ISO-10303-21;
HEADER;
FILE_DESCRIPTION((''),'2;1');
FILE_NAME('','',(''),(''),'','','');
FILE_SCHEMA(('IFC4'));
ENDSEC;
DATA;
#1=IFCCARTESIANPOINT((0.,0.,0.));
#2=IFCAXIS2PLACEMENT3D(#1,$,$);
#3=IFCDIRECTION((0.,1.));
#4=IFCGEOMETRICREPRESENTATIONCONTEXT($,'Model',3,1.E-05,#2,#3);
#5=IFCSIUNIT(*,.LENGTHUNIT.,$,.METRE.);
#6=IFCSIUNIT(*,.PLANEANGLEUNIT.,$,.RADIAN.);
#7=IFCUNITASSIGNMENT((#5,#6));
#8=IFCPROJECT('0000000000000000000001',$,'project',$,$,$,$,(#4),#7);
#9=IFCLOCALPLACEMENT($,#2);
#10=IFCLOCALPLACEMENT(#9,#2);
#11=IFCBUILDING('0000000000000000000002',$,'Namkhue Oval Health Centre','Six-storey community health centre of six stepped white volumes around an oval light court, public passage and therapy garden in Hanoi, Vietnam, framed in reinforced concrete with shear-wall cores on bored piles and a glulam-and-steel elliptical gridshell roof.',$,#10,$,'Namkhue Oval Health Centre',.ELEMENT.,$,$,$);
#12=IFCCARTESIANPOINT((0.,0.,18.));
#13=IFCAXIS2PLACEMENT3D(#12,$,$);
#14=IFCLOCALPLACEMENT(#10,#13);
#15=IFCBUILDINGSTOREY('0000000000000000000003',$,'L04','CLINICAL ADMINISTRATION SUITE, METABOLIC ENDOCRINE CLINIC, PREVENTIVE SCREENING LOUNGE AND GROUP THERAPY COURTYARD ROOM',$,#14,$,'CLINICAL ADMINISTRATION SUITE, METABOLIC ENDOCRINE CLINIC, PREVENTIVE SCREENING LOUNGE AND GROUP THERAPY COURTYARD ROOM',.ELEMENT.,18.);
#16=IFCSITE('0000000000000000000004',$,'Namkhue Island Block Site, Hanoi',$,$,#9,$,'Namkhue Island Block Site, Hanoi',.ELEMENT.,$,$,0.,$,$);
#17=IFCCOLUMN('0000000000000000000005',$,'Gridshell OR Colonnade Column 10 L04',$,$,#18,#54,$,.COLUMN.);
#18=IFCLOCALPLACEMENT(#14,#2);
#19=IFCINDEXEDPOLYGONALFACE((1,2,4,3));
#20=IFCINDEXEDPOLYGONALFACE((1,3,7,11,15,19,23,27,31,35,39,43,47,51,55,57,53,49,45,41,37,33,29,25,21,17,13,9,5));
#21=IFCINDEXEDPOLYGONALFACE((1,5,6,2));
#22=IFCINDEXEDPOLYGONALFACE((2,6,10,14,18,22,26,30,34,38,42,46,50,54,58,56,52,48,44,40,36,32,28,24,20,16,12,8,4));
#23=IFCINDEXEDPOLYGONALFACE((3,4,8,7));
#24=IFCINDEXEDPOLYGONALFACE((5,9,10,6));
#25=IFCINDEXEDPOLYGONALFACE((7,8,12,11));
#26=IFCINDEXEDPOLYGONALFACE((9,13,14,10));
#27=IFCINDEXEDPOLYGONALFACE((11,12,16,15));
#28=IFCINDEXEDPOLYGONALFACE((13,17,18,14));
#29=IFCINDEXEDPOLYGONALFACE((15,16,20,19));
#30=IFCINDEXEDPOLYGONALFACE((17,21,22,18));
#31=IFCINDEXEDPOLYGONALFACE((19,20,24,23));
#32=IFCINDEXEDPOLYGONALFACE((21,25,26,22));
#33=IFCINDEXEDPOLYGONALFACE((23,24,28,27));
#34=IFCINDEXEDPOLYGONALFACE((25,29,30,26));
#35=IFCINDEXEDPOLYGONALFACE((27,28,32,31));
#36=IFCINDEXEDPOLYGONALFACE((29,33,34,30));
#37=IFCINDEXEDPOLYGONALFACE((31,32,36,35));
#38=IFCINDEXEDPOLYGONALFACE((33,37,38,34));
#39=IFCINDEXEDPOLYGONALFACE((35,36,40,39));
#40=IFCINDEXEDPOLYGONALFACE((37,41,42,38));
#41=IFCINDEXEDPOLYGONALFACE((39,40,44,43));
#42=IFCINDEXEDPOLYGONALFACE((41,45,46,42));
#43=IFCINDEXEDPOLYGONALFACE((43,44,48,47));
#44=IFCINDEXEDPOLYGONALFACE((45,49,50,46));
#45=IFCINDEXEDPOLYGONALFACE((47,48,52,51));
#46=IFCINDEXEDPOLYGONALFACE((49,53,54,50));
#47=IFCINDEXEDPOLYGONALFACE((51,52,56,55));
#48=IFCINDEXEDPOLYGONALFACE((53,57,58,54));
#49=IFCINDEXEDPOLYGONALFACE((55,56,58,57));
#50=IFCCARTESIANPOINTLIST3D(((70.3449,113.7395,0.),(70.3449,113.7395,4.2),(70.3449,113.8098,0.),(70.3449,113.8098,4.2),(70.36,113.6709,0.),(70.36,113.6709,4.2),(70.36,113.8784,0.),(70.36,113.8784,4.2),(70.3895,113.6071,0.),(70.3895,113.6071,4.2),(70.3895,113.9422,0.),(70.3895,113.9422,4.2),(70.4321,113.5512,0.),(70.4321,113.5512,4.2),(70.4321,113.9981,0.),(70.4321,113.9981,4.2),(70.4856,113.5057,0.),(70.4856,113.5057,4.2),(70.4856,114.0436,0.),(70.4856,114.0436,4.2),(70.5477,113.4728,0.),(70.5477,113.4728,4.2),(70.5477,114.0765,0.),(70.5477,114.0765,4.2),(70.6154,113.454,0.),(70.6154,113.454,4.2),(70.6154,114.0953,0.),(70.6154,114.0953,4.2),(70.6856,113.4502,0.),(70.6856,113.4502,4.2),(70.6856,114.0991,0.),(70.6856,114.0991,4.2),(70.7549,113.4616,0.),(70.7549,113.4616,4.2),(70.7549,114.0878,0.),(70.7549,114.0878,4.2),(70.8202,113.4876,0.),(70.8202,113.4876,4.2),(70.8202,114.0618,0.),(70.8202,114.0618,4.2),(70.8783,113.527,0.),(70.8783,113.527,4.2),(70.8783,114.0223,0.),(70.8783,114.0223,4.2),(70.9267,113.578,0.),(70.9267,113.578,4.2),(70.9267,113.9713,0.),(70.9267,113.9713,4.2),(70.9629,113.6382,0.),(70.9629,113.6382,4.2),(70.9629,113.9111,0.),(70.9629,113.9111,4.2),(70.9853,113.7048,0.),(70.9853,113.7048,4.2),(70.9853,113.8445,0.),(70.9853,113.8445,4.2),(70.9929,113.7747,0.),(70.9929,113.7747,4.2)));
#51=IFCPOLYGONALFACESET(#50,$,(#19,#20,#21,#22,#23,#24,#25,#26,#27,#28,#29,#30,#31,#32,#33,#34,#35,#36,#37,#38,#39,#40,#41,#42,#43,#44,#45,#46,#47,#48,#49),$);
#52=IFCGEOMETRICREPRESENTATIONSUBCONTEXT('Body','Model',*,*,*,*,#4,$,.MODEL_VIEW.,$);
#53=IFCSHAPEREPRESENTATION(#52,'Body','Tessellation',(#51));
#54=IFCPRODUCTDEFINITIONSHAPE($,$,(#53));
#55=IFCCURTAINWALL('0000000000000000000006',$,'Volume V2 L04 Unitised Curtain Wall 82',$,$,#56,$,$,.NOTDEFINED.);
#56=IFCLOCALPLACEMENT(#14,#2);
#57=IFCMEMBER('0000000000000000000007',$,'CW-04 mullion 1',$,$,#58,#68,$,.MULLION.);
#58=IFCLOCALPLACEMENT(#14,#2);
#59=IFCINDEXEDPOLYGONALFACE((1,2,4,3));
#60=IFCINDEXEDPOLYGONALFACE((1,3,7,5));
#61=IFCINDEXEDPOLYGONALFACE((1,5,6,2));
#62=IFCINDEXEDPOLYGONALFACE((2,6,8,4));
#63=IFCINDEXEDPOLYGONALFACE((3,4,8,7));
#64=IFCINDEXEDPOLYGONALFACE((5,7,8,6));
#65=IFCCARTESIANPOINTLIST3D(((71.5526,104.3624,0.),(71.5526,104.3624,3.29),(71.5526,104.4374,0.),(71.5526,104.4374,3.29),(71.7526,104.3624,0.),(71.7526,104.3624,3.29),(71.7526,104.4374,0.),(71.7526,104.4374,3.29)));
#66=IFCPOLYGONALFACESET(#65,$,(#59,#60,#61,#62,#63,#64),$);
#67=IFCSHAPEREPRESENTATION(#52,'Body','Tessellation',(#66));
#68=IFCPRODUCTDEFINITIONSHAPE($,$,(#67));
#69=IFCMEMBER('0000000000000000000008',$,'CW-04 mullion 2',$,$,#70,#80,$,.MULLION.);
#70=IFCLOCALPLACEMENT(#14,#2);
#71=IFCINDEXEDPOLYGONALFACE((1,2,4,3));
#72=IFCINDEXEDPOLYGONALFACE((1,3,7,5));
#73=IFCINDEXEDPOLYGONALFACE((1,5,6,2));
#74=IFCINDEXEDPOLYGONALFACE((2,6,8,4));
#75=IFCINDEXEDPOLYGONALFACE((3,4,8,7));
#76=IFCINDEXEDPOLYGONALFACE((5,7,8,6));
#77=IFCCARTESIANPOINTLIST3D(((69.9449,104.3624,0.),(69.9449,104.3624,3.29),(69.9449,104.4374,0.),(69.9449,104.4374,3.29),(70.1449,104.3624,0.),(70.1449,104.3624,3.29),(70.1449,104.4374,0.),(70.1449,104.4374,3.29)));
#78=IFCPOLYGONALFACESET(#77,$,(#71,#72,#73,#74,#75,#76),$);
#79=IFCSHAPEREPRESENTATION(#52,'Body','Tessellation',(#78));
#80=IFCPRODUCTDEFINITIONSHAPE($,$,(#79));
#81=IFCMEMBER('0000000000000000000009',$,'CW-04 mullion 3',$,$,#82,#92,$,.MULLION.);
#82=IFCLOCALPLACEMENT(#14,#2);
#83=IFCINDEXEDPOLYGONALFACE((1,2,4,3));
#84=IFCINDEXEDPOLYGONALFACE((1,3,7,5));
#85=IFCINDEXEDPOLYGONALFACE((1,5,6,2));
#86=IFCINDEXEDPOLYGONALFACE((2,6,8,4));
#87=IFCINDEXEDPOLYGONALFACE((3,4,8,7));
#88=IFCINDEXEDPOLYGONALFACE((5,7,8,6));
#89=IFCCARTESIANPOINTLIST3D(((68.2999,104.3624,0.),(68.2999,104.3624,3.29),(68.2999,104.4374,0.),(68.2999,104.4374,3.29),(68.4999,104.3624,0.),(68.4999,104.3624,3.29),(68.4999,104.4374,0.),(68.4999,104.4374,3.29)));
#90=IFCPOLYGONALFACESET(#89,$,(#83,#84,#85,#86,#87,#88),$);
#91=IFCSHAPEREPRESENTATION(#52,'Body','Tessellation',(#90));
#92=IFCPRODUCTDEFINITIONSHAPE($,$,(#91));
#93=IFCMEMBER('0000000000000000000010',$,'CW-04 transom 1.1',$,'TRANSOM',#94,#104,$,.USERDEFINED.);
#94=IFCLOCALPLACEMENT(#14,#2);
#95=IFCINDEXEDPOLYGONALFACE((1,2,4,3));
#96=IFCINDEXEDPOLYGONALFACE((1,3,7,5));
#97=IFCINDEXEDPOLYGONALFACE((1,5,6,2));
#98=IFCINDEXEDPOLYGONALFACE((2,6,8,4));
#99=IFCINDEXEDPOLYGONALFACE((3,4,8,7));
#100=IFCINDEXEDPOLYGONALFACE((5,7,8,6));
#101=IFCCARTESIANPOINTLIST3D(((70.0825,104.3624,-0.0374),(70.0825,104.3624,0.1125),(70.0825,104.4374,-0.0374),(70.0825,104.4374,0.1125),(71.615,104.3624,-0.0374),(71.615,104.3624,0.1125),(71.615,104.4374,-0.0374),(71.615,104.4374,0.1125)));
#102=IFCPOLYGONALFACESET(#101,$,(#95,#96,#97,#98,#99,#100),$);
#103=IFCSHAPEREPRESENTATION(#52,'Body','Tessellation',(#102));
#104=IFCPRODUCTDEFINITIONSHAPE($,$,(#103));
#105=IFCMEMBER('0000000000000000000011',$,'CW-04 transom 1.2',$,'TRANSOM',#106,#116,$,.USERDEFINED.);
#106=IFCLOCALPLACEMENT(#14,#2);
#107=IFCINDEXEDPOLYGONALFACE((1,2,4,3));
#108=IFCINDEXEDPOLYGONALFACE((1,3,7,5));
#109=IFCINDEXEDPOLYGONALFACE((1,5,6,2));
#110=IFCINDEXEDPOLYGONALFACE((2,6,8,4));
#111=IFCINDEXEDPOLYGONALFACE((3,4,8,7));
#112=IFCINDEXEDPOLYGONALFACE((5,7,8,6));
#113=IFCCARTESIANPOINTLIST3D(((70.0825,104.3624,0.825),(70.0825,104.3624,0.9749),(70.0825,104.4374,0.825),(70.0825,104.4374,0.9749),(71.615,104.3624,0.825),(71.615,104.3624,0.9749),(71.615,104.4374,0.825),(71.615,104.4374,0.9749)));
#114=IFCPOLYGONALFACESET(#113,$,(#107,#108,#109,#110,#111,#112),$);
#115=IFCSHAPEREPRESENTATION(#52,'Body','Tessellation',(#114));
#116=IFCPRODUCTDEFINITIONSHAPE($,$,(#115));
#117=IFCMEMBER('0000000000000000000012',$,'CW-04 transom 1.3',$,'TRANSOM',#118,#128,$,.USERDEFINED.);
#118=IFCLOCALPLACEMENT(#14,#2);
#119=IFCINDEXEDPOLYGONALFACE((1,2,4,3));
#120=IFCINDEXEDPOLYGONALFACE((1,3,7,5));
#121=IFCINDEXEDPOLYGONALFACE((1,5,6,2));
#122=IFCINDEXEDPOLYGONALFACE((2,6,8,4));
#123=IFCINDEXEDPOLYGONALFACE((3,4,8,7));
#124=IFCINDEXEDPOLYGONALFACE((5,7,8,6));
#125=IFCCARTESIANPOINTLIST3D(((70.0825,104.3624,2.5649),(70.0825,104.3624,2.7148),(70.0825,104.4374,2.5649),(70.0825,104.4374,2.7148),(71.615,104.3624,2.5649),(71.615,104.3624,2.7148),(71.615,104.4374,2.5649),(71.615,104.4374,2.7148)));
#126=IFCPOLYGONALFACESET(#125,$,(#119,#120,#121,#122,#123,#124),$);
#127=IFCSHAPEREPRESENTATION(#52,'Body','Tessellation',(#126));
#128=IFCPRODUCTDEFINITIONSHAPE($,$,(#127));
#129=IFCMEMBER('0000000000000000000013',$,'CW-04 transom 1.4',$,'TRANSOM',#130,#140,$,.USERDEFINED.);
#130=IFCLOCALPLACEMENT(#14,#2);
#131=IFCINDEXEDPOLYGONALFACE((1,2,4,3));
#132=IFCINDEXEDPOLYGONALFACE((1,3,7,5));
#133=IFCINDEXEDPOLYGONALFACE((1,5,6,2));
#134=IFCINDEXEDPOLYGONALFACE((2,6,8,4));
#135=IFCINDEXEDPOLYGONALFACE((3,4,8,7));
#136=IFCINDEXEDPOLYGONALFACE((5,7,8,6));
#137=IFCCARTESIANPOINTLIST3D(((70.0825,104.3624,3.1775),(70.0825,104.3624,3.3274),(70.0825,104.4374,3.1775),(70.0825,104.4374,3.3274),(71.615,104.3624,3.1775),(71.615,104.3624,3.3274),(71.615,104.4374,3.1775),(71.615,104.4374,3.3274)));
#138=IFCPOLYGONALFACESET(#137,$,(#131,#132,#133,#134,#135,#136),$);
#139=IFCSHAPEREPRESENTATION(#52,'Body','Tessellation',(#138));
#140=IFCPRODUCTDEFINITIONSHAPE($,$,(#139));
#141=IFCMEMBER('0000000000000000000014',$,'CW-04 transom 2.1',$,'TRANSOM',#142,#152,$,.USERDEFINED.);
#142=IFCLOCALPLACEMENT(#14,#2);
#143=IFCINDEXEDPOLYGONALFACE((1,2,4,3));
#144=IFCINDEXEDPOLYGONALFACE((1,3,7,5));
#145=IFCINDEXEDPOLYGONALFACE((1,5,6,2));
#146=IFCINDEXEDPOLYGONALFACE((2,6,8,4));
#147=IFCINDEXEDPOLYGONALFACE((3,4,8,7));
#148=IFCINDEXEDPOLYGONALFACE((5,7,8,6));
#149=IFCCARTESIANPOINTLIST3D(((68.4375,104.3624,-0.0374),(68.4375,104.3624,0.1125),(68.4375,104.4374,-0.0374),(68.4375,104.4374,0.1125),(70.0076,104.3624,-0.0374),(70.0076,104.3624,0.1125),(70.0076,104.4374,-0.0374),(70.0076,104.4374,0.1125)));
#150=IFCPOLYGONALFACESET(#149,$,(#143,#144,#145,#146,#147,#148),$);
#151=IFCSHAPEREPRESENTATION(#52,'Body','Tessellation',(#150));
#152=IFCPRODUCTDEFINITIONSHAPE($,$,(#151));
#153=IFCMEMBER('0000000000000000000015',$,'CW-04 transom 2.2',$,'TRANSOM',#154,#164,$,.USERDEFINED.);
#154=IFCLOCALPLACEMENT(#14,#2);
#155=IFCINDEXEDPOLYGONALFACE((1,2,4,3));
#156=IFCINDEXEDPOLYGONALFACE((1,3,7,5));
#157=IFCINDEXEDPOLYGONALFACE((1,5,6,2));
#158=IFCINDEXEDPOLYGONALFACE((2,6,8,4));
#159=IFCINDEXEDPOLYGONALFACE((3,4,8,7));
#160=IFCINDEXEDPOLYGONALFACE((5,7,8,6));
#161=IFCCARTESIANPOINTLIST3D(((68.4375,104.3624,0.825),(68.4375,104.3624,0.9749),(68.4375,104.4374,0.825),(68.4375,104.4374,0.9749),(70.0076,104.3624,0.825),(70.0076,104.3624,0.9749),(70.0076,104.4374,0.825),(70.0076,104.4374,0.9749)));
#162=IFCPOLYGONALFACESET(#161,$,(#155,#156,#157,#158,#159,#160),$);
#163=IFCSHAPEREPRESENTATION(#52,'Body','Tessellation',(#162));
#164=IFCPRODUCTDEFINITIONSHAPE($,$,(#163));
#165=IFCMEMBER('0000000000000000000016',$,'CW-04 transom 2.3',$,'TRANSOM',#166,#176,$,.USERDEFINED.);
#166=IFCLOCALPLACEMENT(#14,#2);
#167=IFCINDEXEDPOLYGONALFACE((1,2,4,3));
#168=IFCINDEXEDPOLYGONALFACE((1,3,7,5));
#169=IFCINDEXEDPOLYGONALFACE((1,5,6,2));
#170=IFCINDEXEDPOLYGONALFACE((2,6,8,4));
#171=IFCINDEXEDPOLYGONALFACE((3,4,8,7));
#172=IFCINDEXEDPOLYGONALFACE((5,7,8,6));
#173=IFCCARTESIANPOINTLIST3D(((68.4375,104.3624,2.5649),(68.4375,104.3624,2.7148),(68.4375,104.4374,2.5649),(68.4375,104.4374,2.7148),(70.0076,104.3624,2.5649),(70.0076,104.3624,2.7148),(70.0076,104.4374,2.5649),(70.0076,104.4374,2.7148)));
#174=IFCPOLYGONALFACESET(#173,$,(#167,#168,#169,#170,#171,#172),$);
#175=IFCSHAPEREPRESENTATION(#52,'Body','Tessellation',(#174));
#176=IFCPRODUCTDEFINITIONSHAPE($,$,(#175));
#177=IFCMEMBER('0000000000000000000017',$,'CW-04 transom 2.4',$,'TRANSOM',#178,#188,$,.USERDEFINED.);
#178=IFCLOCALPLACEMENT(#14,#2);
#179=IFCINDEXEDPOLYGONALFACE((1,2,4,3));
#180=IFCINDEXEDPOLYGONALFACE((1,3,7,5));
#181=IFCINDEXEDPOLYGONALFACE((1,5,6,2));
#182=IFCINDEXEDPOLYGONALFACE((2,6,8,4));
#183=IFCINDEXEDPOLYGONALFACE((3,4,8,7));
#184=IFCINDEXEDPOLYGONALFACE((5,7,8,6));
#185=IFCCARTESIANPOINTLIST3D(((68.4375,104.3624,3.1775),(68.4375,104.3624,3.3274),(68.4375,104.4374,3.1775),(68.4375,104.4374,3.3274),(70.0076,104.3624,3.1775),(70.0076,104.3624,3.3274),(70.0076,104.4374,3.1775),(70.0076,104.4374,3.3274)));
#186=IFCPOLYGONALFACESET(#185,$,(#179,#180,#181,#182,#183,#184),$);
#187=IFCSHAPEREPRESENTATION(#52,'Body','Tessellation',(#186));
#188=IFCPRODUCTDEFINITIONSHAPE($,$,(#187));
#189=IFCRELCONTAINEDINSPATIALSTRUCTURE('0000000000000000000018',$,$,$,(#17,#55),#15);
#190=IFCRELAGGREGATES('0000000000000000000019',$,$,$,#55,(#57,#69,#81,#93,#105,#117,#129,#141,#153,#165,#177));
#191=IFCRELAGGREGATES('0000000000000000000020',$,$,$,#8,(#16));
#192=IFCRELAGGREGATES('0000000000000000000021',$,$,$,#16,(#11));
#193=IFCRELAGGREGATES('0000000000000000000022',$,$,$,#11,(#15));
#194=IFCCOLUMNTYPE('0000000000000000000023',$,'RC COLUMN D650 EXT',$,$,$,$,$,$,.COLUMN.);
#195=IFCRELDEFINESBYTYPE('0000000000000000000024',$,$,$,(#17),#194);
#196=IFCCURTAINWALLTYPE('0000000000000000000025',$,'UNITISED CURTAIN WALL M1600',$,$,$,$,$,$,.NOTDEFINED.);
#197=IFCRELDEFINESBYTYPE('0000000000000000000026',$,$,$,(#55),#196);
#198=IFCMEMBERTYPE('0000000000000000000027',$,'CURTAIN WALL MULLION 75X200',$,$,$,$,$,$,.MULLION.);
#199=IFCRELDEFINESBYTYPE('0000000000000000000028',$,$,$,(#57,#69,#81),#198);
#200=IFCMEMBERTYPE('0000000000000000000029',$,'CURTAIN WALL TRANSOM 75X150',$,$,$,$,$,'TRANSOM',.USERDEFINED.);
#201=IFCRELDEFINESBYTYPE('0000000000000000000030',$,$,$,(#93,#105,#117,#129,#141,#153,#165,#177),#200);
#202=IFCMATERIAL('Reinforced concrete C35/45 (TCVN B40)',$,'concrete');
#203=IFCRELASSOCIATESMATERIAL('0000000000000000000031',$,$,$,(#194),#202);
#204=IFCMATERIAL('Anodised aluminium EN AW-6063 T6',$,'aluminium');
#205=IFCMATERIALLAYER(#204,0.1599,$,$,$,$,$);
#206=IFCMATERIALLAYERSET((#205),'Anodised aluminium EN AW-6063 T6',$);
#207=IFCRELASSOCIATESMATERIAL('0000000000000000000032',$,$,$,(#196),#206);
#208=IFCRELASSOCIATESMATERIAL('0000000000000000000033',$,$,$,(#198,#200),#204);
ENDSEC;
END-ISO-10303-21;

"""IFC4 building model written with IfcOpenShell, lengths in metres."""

from ifc_helpers import new_model, si_unit, direction, frame, origin, origin_2d, place, context, subcontext, project, spatial, rectangle, circle, extrude, material, layer, layer_set, material_profile, profile_set, type_object, element, aggregate, save


model = new_model("IFC4")

# Units and contexts
model_context = context("Model", 3, precision=1e-05, world=origin(), true_north=direction((0.0, 1.0)))
body_context = subcontext(model_context, "Body", "Model", "MODEL_VIEW")
ifc_project = project(units=[si_unit("LENGTHUNIT", "METRE"), si_unit("PLANEANGLEUNIT", "RADIAN")], contexts=[model_context])

# Site, building, storey
site_placement = place(None, origin())
site = spatial("IfcSite", under=ifc_project, at=site_placement, Name="Namkhue Island Block Site, Hanoi", LongName="Namkhue Island Block Site, Hanoi", CompositionType="ELEMENT", RefElevation=0.0)
building_placement = place(site_placement, origin())
building = spatial("IfcBuilding", under=site, at=building_placement, Name="Namkhue Oval Health Centre", Description="Six-storey community health centre of six stepped white volumes around an oval light court, public passage and therapy garden in Hanoi, Vietnam, framed in reinforced concrete with shear-wall cores on bored piles and a glulam-and-steel elliptical gridshell roof.", LongName="Namkhue Oval Health Centre", CompositionType="ELEMENT")
storey_placement = place(building_placement, frame((0.0, 0.0, 18.0)))
storey = spatial("IfcBuildingStorey", under=building, at=storey_placement, Name="L04", Description="CLINICAL ADMINISTRATION SUITE, METABOLIC ENDOCRINE CLINIC, PREVENTIVE SCREENING LOUNGE AND GROUP THERAPY COURTYARD ROOM", LongName="CLINICAL ADMINISTRATION SUITE, METABOLIC ENDOCRINE CLINIC, PREVENTIVE SCREENING LOUNGE AND GROUP THERAPY COURTYARD ROOM", CompositionType="ELEMENT", Elevation=18.0)

# Column
ifc_material_1 = material(Name="Reinforced concrete C35/45 (TCVN B40)", Category="concrete")
ifc_material_profile_1 = material_profile(ifc_material_1, circle(Radius=0.325, at=origin_2d()), Name="RC D650")
ifc_profile_set_1 = profile_set([ifc_material_profile_1], Name="Reinforced concrete C35/45 (TCVN B40)")
column_type = type_object("IfcColumnType", Name="RC COLUMN D650 EXT", PredefinedType="COLUMN", material=ifc_profile_set_1)
column_placement = place(storey_placement, frame((70.668, 113.7747, 0.0), z_axis=(0.0, 0.0, 1.0), x_axis=(1.0, 0.0, 0.0)))
element("IfcColumn", 1, at=column_placement, inside=storey, type_object=column_type, Name="Gridshell OR Colonnade Column 10 L04", PredefinedType="COLUMN", context=body_context, shape_type="SweptSolid", body=[
    extrude(circle(Radius=0.325, at=origin_2d()), origin(), (0.0, 0.0, 1.0), 4.2),
])

# Curtain wall, members
ifc_material_2 = material(Name="Anodised aluminium EN AW-6063 T6", Category="aluminium")
ifc_layer_1 = layer(ifc_material_2, 0.1599)
ifc_layer_set_1 = layer_set([ifc_layer_1], Name="Anodised aluminium EN AW-6063 T6")
curtain_wall_type = type_object("IfcCurtainWallType", Name="UNITISED CURTAIN WALL M1600", PredefinedType="NOTDEFINED", material=ifc_layer_set_1)
curtain_wall_placement = place(storey_placement, origin())
curtain_wall = element("IfcCurtainWall", 2, at=curtain_wall_placement, inside=storey, type_object=curtain_wall_type, Name="Volume V2 L04 Unitised Curtain Wall 82", PredefinedType="NOTDEFINED")
ifc_material_profile_2 = material_profile(ifc_material_2, rectangle(XDim=0.075, YDim=0.2, at=origin_2d()), Name="ALU 75x200")
ifc_profile_set_2 = profile_set([ifc_material_profile_2], Name="Anodised aluminium EN AW-6063 T6")
member_type_1 = type_object("IfcMemberType", Name="CURTAIN WALL MULLION 75X200", PredefinedType="MULLION", material=ifc_profile_set_2)
member_1_placement = place(storey_placement, frame((71.6526, 104.3999, 0.0), z_axis=(0.0, 0.0, 1.0), x_axis=(0.0, -1.0, 0.0)))
member_1 = element("IfcMember", 3, at=member_1_placement, type_object=member_type_1, Name="CW-04 mullion 1", PredefinedType="MULLION", context=body_context, shape_type="SweptSolid", body=[
    extrude(rectangle(XDim=0.075, YDim=0.2, at=origin_2d()), origin(), (0.0, 0.0, 1.0), 3.29),
])
member_2_placement = place(storey_placement, frame((70.0449, 104.3999, 0.0), z_axis=(0.0, 0.0, 1.0), x_axis=(0.0, -1.0, 0.0)))
member_2 = element("IfcMember", 4, at=member_2_placement, type_object=member_type_1, Name="CW-04 mullion 2", PredefinedType="MULLION", context=body_context, shape_type="SweptSolid", body=[
    extrude(rectangle(XDim=0.075, YDim=0.2, at=origin_2d()), origin(), (0.0, 0.0, 1.0), 3.29),
])
member_3_placement = place(storey_placement, frame((68.3999, 104.3999, 0.0), z_axis=(0.0, 0.0, 1.0), x_axis=(0.0, -1.0, 0.0)))
member_3 = element("IfcMember", 5, at=member_3_placement, type_object=member_type_1, Name="CW-04 mullion 3", PredefinedType="MULLION", context=body_context, shape_type="SweptSolid", body=[
    extrude(rectangle(XDim=0.075, YDim=0.2, at=origin_2d()), origin(), (0.0, 0.0, 1.0), 3.29),
])
ifc_material_profile_3 = material_profile(ifc_material_2, rectangle(XDim=0.075, YDim=0.1499, at=origin_2d()), Name="ALU 75x150")
ifc_profile_set_3 = profile_set([ifc_material_profile_3], Name="Anodised aluminium EN AW-6063 T6")
member_type_2 = type_object("IfcMemberType", Name="CURTAIN WALL TRANSOM 75X150", ElementType="TRANSOM", PredefinedType="USERDEFINED", material=ifc_profile_set_3)
member_4_placement = place(storey_placement, frame((71.615, 104.3999, 0.0376), z_axis=(-1.0, 0.0, 0.0), x_axis=(0.0, -1.0, 0.0)))
member_4 = element("IfcMember", 6, at=member_4_placement, type_object=member_type_2, Name="CW-04 transom 1.1", ObjectType="TRANSOM", PredefinedType="USERDEFINED", context=body_context, shape_type="SweptSolid", body=[
    extrude(rectangle(XDim=0.075, YDim=0.1499, at=origin_2d()), origin(), (0.0, 0.0, 1.0), 1.5325),
])
member_5_placement = place(storey_placement, frame((71.615, 104.3999, 0.8999), z_axis=(-1.0, 0.0, 0.0), x_axis=(0.0, -1.0, 0.0)))
member_5 = element("IfcMember", 7, at=member_5_placement, type_object=member_type_2, Name="CW-04 transom 1.2", ObjectType="TRANSOM", PredefinedType="USERDEFINED", context=body_context, shape_type="SweptSolid", body=[
    extrude(rectangle(XDim=0.075, YDim=0.1499, at=origin_2d()), origin(), (0.0, 0.0, 1.0), 1.5325),
])
member_6_placement = place(storey_placement, frame((71.615, 104.3999, 2.6399), z_axis=(-1.0, 0.0, 0.0), x_axis=(0.0, -1.0, 0.0)))
member_6 = element("IfcMember", 8, at=member_6_placement, type_object=member_type_2, Name="CW-04 transom 1.3", ObjectType="TRANSOM", PredefinedType="USERDEFINED", context=body_context, shape_type="SweptSolid", body=[
    extrude(rectangle(XDim=0.075, YDim=0.1499, at=origin_2d()), origin(), (0.0, 0.0, 1.0), 1.5325),
])
member_7_placement = place(storey_placement, frame((71.615, 104.3999, 3.2524), z_axis=(-1.0, 0.0, 0.0), x_axis=(0.0, -1.0, 0.0)))
member_7 = element("IfcMember", 9, at=member_7_placement, type_object=member_type_2, Name="CW-04 transom 1.4", ObjectType="TRANSOM", PredefinedType="USERDEFINED", context=body_context, shape_type="SweptSolid", body=[
    extrude(rectangle(XDim=0.075, YDim=0.1499, at=origin_2d()), origin(), (0.0, 0.0, 1.0), 1.5325),
])
member_8_placement = place(storey_placement, frame((70.0076, 104.3999, 0.0376), z_axis=(-1.0, 0.0, 0.0), x_axis=(0.0, -1.0, 0.0)))
member_8 = element("IfcMember", 10, at=member_8_placement, type_object=member_type_2, Name="CW-04 transom 2.1", ObjectType="TRANSOM", PredefinedType="USERDEFINED", context=body_context, shape_type="SweptSolid", body=[
    extrude(rectangle(XDim=0.075, YDim=0.1499, at=origin_2d()), origin(), (0.0, 0.0, 1.0), 1.5701),
])
member_9_placement = place(storey_placement, frame((70.0076, 104.3999, 0.8999), z_axis=(-1.0, 0.0, 0.0), x_axis=(0.0, -1.0, 0.0)))
member_9 = element("IfcMember", 11, at=member_9_placement, type_object=member_type_2, Name="CW-04 transom 2.2", ObjectType="TRANSOM", PredefinedType="USERDEFINED", context=body_context, shape_type="SweptSolid", body=[
    extrude(rectangle(XDim=0.075, YDim=0.1499, at=origin_2d()), origin(), (0.0, 0.0, 1.0), 1.5701),
])
member_10_placement = place(storey_placement, frame((70.0076, 104.3999, 2.6399), z_axis=(-1.0, 0.0, 0.0), x_axis=(0.0, -1.0, 0.0)))
member_10 = element("IfcMember", 12, at=member_10_placement, type_object=member_type_2, Name="CW-04 transom 2.3", ObjectType="TRANSOM", PredefinedType="USERDEFINED", context=body_context, shape_type="SweptSolid", body=[
    extrude(rectangle(XDim=0.075, YDim=0.1499, at=origin_2d()), origin(), (0.0, 0.0, 1.0), 1.5701),
])
member_11_placement = place(storey_placement, frame((70.0076, 104.3999, 3.2524), z_axis=(-1.0, 0.0, 0.0), x_axis=(0.0, -1.0, 0.0)))
member_11 = element("IfcMember", 13, at=member_11_placement, type_object=member_type_2, Name="CW-04 transom 2.4", ObjectType="TRANSOM", PredefinedType="USERDEFINED", context=body_context, shape_type="SweptSolid", body=[
    extrude(rectangle(XDim=0.075, YDim=0.1499, at=origin_2d()), origin(), (0.0, 0.0, 1.0), 1.5701),
])
aggregate(curtain_wall, [member_1, member_2, member_3, member_4, member_5, member_6, member_7, member_8, member_9, member_10, member_11])

save(model, "model.ifc")
